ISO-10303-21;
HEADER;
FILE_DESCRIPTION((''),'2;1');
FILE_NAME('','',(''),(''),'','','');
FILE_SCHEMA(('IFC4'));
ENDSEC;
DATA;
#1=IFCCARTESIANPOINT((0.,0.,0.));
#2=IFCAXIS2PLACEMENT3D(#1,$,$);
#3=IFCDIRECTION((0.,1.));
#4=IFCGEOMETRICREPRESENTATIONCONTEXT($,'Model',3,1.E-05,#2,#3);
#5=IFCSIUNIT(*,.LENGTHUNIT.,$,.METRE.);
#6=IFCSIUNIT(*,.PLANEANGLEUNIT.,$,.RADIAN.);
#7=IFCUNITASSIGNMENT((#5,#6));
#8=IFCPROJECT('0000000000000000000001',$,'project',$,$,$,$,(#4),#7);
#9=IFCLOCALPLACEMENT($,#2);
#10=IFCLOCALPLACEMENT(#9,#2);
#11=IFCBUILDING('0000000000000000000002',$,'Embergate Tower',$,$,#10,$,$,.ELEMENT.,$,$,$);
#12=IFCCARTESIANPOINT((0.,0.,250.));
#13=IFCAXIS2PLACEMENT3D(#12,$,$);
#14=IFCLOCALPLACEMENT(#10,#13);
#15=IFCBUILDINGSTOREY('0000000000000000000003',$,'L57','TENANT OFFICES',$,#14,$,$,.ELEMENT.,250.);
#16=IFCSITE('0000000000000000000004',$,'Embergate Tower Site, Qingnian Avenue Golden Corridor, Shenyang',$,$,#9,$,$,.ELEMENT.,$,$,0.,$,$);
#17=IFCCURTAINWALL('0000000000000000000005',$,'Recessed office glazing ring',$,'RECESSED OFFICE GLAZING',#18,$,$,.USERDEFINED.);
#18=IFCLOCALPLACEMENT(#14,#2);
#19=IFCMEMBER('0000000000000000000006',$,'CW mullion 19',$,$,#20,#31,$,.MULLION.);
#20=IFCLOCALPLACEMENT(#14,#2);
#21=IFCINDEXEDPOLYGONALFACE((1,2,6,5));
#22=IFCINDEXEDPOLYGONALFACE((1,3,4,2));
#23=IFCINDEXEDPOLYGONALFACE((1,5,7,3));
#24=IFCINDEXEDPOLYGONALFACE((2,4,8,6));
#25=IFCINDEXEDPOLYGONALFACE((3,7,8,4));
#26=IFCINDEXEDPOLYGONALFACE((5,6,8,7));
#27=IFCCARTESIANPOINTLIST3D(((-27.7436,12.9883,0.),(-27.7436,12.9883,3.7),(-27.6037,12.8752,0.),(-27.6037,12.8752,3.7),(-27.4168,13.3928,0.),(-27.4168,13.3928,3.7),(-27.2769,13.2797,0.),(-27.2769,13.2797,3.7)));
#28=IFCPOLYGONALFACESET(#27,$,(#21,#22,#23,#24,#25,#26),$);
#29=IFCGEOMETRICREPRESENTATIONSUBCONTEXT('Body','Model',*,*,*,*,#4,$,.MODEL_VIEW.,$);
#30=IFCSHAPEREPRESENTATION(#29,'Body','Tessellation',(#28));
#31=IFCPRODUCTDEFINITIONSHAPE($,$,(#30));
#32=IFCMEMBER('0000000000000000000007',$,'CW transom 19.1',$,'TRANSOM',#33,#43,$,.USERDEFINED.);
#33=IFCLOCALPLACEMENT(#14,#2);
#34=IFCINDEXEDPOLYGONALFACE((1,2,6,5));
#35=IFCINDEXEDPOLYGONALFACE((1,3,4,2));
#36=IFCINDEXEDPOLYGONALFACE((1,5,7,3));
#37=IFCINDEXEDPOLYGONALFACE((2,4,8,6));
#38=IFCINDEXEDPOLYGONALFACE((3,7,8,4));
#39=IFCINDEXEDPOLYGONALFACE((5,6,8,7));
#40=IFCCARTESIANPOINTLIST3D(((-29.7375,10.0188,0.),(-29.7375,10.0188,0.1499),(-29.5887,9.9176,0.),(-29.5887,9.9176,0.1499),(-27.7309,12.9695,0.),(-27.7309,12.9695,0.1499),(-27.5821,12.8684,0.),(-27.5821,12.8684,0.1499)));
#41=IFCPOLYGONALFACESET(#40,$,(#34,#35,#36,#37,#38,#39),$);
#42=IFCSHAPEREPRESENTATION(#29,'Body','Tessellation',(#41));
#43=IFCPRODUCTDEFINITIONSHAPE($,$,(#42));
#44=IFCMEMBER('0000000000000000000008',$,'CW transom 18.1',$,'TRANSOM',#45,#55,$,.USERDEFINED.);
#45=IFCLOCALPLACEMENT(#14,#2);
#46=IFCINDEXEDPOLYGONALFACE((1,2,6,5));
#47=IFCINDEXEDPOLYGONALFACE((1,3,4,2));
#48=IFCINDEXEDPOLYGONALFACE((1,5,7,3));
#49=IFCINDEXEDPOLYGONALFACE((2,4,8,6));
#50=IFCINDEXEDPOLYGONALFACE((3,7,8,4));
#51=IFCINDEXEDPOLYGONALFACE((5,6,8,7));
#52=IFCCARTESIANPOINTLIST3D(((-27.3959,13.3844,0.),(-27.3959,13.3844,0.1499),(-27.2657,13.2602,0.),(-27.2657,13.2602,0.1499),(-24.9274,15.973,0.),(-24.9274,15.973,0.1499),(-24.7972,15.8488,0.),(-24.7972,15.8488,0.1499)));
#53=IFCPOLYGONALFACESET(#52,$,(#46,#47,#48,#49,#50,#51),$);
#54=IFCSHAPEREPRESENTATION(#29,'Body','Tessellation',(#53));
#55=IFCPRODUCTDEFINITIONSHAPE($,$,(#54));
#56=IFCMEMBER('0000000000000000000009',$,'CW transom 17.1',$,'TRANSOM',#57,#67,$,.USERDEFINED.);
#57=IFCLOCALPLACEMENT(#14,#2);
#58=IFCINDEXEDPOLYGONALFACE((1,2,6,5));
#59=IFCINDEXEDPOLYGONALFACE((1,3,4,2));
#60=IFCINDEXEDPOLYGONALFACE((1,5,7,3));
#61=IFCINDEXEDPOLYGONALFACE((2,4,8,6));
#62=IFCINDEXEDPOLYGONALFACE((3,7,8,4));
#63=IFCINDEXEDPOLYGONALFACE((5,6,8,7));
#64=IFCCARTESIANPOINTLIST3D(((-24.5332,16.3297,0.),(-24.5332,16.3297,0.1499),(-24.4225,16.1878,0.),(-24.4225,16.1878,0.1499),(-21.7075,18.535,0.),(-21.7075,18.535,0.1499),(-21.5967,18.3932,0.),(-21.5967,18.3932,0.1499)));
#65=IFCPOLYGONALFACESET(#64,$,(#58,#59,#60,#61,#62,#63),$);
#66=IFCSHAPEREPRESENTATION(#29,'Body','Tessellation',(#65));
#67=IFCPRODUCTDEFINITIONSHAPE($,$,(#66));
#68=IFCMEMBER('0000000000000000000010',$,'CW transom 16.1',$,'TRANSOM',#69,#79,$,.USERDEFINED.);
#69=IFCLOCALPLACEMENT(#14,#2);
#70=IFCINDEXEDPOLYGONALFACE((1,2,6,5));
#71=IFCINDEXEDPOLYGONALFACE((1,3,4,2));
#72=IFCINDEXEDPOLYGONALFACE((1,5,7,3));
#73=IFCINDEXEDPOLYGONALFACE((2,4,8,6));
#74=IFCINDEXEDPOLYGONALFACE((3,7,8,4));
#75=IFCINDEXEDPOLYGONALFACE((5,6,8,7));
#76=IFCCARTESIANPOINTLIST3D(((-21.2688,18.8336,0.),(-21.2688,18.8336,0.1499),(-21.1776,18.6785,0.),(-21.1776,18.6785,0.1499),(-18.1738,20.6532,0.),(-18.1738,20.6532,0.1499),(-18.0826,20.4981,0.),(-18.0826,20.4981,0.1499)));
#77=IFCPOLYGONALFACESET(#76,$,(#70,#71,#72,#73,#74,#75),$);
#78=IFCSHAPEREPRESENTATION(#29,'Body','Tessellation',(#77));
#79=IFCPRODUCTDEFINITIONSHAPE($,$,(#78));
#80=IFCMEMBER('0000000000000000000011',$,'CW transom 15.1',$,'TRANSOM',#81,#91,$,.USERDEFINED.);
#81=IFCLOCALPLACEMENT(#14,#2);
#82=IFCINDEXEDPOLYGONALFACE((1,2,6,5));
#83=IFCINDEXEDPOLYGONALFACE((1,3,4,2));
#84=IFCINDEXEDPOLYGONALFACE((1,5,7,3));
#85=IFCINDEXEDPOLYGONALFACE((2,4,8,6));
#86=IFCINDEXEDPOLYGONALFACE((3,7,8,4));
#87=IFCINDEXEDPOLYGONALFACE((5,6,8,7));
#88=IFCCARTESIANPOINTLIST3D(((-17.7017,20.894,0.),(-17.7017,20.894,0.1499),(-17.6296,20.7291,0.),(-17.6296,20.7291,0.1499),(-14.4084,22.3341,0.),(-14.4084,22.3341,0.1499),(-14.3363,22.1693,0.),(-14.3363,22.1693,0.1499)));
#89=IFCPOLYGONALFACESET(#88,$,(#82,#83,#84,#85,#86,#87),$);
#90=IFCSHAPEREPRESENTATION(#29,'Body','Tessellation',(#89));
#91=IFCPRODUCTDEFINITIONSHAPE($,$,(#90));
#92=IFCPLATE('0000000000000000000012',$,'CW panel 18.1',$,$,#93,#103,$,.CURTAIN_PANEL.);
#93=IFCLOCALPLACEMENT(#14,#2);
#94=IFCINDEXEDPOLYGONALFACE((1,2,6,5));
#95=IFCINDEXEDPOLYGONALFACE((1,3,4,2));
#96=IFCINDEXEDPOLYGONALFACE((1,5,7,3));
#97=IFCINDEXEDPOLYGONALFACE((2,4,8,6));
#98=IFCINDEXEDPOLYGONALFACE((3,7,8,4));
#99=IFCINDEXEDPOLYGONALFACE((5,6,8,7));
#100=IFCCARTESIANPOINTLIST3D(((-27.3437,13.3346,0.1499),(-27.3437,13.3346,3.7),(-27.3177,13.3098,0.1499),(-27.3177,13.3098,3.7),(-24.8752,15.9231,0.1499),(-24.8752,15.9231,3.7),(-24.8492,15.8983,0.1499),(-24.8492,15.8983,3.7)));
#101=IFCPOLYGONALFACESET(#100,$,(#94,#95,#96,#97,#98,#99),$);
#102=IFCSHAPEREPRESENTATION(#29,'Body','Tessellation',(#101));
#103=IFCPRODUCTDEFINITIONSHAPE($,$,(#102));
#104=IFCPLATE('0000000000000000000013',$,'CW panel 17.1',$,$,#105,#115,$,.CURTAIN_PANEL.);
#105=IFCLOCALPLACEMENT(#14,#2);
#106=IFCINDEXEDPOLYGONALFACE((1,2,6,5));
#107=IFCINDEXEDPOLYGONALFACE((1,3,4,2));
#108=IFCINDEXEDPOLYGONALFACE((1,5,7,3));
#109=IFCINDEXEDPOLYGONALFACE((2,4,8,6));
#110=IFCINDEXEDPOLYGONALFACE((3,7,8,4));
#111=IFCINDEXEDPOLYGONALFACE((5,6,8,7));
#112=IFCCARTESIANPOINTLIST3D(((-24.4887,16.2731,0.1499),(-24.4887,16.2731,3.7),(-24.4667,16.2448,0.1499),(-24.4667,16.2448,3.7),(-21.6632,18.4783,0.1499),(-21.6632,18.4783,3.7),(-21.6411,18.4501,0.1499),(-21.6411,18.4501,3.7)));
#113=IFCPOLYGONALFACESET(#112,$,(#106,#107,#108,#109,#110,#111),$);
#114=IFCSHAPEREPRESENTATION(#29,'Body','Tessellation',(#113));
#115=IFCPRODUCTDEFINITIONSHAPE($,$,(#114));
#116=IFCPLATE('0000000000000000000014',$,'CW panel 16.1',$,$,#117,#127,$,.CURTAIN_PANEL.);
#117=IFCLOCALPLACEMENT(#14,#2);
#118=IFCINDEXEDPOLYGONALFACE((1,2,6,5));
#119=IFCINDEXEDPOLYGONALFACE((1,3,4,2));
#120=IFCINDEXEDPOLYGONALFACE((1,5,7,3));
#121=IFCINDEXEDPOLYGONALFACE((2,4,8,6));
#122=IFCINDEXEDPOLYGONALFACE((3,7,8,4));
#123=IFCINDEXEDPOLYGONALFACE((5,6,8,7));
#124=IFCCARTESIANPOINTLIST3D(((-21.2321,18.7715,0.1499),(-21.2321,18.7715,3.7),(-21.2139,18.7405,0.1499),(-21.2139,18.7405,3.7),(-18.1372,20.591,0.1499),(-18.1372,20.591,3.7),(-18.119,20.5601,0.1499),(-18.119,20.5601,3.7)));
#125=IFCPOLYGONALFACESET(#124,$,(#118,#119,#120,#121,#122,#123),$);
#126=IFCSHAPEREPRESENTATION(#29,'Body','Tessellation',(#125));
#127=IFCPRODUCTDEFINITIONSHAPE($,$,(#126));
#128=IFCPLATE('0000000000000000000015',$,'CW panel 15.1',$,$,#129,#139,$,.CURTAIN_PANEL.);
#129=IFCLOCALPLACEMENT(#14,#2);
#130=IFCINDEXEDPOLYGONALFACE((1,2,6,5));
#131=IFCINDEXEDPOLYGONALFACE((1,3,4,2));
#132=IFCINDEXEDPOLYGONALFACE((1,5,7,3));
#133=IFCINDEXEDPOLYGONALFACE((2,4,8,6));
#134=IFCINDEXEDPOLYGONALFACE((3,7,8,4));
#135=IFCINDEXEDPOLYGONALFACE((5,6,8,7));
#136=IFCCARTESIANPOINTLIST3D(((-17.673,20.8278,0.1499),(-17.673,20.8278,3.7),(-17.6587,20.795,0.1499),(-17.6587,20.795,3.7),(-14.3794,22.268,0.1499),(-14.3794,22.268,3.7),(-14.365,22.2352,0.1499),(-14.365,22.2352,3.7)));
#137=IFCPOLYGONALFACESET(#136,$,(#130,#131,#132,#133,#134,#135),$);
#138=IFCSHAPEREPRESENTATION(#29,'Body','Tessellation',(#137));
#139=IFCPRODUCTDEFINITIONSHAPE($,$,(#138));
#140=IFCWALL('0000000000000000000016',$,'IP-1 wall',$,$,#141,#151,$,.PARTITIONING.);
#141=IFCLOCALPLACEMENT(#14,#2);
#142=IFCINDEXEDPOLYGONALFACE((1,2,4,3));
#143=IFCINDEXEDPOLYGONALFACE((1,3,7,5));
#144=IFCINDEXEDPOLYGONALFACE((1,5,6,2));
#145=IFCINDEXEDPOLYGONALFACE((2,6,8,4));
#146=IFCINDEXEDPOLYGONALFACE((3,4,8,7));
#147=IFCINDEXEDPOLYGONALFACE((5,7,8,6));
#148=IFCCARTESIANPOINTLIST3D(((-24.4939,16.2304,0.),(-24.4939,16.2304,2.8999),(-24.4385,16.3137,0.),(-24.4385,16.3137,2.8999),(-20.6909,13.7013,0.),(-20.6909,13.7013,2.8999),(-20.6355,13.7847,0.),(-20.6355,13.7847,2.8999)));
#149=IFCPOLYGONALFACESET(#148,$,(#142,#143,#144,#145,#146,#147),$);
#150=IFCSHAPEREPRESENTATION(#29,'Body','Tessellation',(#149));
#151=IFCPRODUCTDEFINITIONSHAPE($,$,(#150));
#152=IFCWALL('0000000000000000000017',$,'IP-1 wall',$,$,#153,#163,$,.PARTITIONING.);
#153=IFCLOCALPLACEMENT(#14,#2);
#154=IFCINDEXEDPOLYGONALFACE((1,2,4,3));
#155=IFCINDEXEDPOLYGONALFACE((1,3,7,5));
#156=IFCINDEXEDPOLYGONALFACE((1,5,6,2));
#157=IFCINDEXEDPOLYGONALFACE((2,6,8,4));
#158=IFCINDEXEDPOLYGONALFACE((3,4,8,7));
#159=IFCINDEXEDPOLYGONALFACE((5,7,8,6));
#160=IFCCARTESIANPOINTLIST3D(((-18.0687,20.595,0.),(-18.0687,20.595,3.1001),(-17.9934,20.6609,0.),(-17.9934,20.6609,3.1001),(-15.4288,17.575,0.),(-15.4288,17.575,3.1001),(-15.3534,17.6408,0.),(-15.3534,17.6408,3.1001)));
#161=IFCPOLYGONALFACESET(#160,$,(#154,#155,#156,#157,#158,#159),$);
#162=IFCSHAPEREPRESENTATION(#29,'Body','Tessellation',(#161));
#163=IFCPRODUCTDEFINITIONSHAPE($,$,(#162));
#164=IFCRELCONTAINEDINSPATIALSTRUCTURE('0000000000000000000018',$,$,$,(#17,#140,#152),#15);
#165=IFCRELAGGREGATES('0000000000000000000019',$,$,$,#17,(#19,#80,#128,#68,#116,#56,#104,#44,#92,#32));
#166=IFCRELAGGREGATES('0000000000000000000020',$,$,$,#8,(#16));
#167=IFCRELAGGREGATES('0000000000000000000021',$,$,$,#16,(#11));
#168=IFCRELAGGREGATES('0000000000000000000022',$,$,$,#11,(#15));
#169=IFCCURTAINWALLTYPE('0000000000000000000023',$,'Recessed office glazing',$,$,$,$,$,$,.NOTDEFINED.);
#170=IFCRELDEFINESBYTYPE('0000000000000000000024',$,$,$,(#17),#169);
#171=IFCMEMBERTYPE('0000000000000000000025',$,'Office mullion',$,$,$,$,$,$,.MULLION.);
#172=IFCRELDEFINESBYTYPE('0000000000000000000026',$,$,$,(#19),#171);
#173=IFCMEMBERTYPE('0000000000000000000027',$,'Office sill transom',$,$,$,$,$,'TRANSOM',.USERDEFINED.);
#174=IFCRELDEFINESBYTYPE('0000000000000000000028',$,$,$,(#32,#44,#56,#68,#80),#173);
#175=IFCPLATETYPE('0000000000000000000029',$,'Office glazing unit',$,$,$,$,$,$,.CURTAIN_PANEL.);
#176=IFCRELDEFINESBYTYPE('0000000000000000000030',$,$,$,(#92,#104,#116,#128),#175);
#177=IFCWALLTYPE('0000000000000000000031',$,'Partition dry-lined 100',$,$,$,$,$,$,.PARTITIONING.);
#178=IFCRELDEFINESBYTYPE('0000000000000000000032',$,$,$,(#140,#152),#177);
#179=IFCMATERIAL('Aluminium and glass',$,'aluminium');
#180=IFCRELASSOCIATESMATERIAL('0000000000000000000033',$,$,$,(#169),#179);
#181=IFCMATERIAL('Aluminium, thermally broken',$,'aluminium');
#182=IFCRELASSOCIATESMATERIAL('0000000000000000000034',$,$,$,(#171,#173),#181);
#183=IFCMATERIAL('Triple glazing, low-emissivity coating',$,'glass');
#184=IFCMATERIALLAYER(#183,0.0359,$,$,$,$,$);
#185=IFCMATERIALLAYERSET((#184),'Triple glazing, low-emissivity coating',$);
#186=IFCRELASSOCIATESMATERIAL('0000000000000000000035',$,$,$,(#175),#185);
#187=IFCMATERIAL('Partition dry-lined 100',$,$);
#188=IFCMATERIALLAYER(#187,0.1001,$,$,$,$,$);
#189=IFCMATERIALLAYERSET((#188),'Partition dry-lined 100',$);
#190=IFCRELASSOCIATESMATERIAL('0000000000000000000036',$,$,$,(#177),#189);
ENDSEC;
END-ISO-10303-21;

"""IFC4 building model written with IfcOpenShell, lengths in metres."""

from ifc_helpers import new_model, si_unit, direction, frame, frame_2d, origin, origin_2d, place, context, subcontext, project, spatial, rectangle, extrude, source, transform, mapped, material, layer, layer_set, material_profile, profile_set, type_object, element, aggregate, save


model = new_model("IFC4")

# Units and contexts
model_context = context("Model", 3, precision=1e-05, world=origin(), true_north=direction((0.0, 1.0)))
body_context = subcontext(model_context, "Body", "Model", "MODEL_VIEW")
ifc_project = project(units=[si_unit("LENGTHUNIT", "METRE"), si_unit("PLANEANGLEUNIT", "RADIAN")], contexts=[model_context])

# Site, building, storey
site_placement = place(None, origin())
site = spatial("IfcSite", under=ifc_project, at=site_placement, Name="Embergate Tower Site, Qingnian Avenue Golden Corridor, Shenyang", CompositionType="ELEMENT", RefElevation=0.0)
building_placement = place(site_placement, origin())
building = spatial("IfcBuilding", under=site, at=building_placement, Name="Embergate Tower", CompositionType="ELEMENT")
storey_placement = place(building_placement, frame((0.0, 0.0, 250.0)))
storey = spatial("IfcBuildingStorey", under=building, at=storey_placement, Name="L57", Description="TENANT OFFICES", CompositionType="ELEMENT", Elevation=250.0)

# Curtain wall, members, plates
ifc_material_1 = material(Name="Aluminium and glass", Category="aluminium")
curtain_wall_type = type_object("IfcCurtainWallType", Name="Recessed office glazing", PredefinedType="NOTDEFINED", material=ifc_material_1)
curtain_wall_placement = place(storey_placement, origin())
curtain_wall = element("IfcCurtainWall", 1, at=curtain_wall_placement, inside=storey, type_object=curtain_wall_type, Name="Recessed office glazing ring", ObjectType="RECESSED OFFICE GLAZING", PredefinedType="USERDEFINED")
ifc_material_2 = material(Name="Aluminium, thermally broken", Category="aluminium")
ifc_material_profile_1 = material_profile(ifc_material_2, rectangle(XDim=0.1799, YDim=0.52, at=origin_2d()), Name="AL 520x180")
ifc_profile_set_1 = profile_set([ifc_material_profile_1], Name="Aluminium, thermally broken")
member_type_1 = type_object("IfcMemberType", Name="Office mullion", PredefinedType="MULLION", material=ifc_profile_set_1)
shared_shape_1 = source(origin(), body_context, "Body", "SweptSolid", [
    extrude(rectangle(XDim=0.1799, YDim=0.52, at=origin_2d()), origin(), (0.0, 0.0, 1.0), 3.7),
])
member_1_placement = place(storey_placement, frame((-27.5103, 13.134, 0.0), z_axis=(0.0, 0.0, 1.0), x_axis=(0.777868, -0.628427, 0.0)))
member_1 = element("IfcMember", 2, at=member_1_placement, type_object=member_type_1, Name="CW mullion 19", PredefinedType="MULLION", context=body_context, shape_type="MappedRepresentation", body=[
    mapped(shared_shape_1, transform((0.0, 0.0, 0.0))),
])
ifc_material_profile_2 = material_profile(ifc_material_2, rectangle(XDim=0.1799, YDim=0.1499, at=origin_2d()), Name="AL 150x180")
ifc_profile_set_2 = profile_set([ifc_material_profile_2], Name="Aluminium, thermally broken")
member_type_2 = type_object("IfcMemberType", Name="Office sill transom", ElementType="TRANSOM", PredefinedType="USERDEFINED", material=ifc_profile_set_2)
shared_shape_2 = source(origin(), body_context, "Body", "SweptSolid", [
    extrude(rectangle(XDim=0.1799, YDim=0.1499, at=origin_2d()), origin(), (0.0, 0.0, 1.0), 3.5684),
])
member_2_placement = place(storey_placement, frame((-27.6565, 12.9189, 0.075), z_axis=(-0.562334, -0.82691, 0.0), x_axis=(0.82691, -0.562334, 0.0)))
member_2 = element("IfcMember", 3, at=member_2_placement, type_object=member_type_2, Name="CW transom 19.1", ObjectType="TRANSOM", PredefinedType="USERDEFINED", context=body_context, shape_type="MappedRepresentation", body=[
    mapped(shared_shape_2, transform((0.0, 0.0, 0.0))),
])
shared_shape_3 = source(origin(), body_context, "Body", "SweptSolid", [
    extrude(rectangle(XDim=0.1799, YDim=0.1499, at=origin_2d()), origin(), (0.0, 0.0, 1.0), 3.5769),
])
member_3_placement = place(storey_placement, frame((-24.8623, 15.9109, 0.075), z_axis=(-0.690117, -0.723698, 0.0), x_axis=(0.723698, -0.690117, 0.0)))
member_3 = element("IfcMember", 4, at=member_3_placement, type_object=member_type_2, Name="CW transom 18.1", ObjectType="TRANSOM", PredefinedType="USERDEFINED", context=body_context, shape_type="MappedRepresentation", body=[
    mapped(shared_shape_3, transform((0.0, 0.0, 0.0))),
])
shared_shape_4 = source(origin(), body_context, "Body", "SweptSolid", [
    extrude(rectangle(XDim=0.1799, YDim=0.1499, at=origin_2d()), origin(), (0.0, 0.0, 1.0), 3.5845),
])
member_4_placement = place(storey_placement, frame((-21.6521, 18.4641, 0.075), z_axis=(-0.788328, -0.615255, 0.0), x_axis=(0.615255, -0.788328, 0.0)))
member_4 = element("IfcMember", 5, at=member_4_placement, type_object=member_type_2, Name="CW transom 17.1", ObjectType="TRANSOM", PredefinedType="USERDEFINED", context=body_context, shape_type="MappedRepresentation", body=[
    mapped(shared_shape_4, transform((0.0, 0.0, 0.0))),
])
shared_shape_5 = source(origin(), body_context, "Body", "SweptSolid", [
    extrude(rectangle(XDim=0.1799, YDim=0.1499, at=origin_2d()), origin(), (0.0, 0.0, 1.0), 3.5903),
])
member_5_placement = place(storey_placement, frame((-18.1282, 20.5757, 0.075), z_axis=(-0.862055, -0.506815, 0.0), x_axis=(0.506815, -0.862055, 0.0)))
member_5 = element("IfcMember", 6, at=member_5_placement, type_object=member_type_2, Name="CW transom 16.1", ObjectType="TRANSOM", PredefinedType="USERDEFINED", context=body_context, shape_type="MappedRepresentation", body=[
    mapped(shared_shape_5, transform((0.0, 0.0, 0.0))),
])
shared_shape_6 = source(origin(), body_context, "Body", "SweptSolid", [
    extrude(rectangle(XDim=0.1799, YDim=0.1499, at=origin_2d()), origin(), (0.0, 0.0, 1.0), 3.5945),
])
member_6_placement = place(storey_placement, frame((-14.3723, 22.2517, 0.075), z_axis=(-0.916229, -0.400655, 0.0), x_axis=(0.400655, -0.916229, 0.0)))
member_6 = element("IfcMember", 7, at=member_6_placement, type_object=member_type_2, Name="CW transom 15.1", ObjectType="TRANSOM", PredefinedType="USERDEFINED", context=body_context, shape_type="MappedRepresentation", body=[
    mapped(shared_shape_6, transform((0.0, 0.0, 0.0))),
])
ifc_material_3 = material(Name="Triple glazing, low-emissivity coating", Category="glass")
ifc_layer_1 = layer(ifc_material_3, 0.0359)
ifc_layer_set_1 = layer_set([ifc_layer_1], Name="Triple glazing, low-emissivity coating")
plate_type = type_object("IfcPlateType", Name="Office glazing unit", PredefinedType="CURTAIN_PANEL", material=ifc_layer_set_1)
shared_shape_7 = source(origin(), body_context, "Body", "SweptSolid", [
    extrude(rectangle(XDim=3.5769, YDim=0.0359, at=origin_2d()), origin(), (0.0, 0.0, 1.0), 3.55),
])
plate_1_placement = place(storey_placement, frame((-26.0964, 14.6165, 0.1499), z_axis=(0.0, 0.0, 1.0), x_axis=(-0.690134, -0.723682, 0.0)))
plate_1 = element("IfcPlate", 8, at=plate_1_placement, type_object=plate_type, Name="CW panel 18.1", PredefinedType="CURTAIN_PANEL", context=body_context, shape_type="MappedRepresentation", body=[
    mapped(shared_shape_7, transform((0.0, 0.0, 0.0))),
])
shared_shape_8 = source(origin(), body_context, "Body", "SweptSolid", [
    extrude(rectangle(XDim=3.5842, YDim=0.0359, at=origin_2d()), origin(), (0.0, 0.0, 1.0), 3.55),
])
plate_2_placement = place(storey_placement, frame((-23.0649, 17.3616, 0.1499), z_axis=(0.0, 0.0, 1.0), x_axis=(-0.788319, -0.615267, 0.0)))
plate_2 = element("IfcPlate", 9, at=plate_2_placement, type_object=plate_type, Name="CW panel 17.1", PredefinedType="CURTAIN_PANEL", context=body_context, shape_type="MappedRepresentation", body=[
    mapped(shared_shape_8, transform((0.0, 0.0, 0.0))),
])
shared_shape_9 = source(origin(), body_context, "Body", "SweptSolid", [
    extrude(rectangle(XDim=3.5901, YDim=0.0359, at=origin_2d()), origin(), (0.0, 0.0, 1.0), 3.55),
])
plate_3_placement = place(storey_placement, frame((-19.6755, 19.6658, 0.1499), z_axis=(0.0, 0.0, 1.0), x_axis=(-0.862051, -0.506821, 0.0)))
plate_3 = element("IfcPlate", 10, at=plate_3_placement, type_object=plate_type, Name="CW panel 16.1", PredefinedType="CURTAIN_PANEL", context=body_context, shape_type="MappedRepresentation", body=[
    mapped(shared_shape_9, transform((0.0, 0.0, 0.0))),
])
shared_shape_10 = source(origin(), body_context, "Body", "SweptSolid", [
    extrude(rectangle(XDim=3.5947, YDim=0.0359, at=origin_2d()), origin(), (0.0, 0.0, 1.0), 3.55),
])
plate_4_placement = place(storey_placement, frame((-16.019, 21.5315, 0.1499), z_axis=(0.0, 0.0, 1.0), x_axis=(-0.916235, -0.400642, 0.0)))
plate_4 = element("IfcPlate", 11, at=plate_4_placement, type_object=plate_type, Name="CW panel 15.1", PredefinedType="CURTAIN_PANEL", context=body_context, shape_type="MappedRepresentation", body=[
    mapped(shared_shape_10, transform((0.0, 0.0, 0.0))),
])
aggregate(curtain_wall, [member_1, member_6, plate_4, member_5, plate_3, member_4, plate_2, member_3, plate_1, member_2])

# Walls
ifc_material_4 = material(Name="Partition dry-lined 100")
ifc_layer_2 = layer(ifc_material_4, 0.1001)
ifc_layer_set_2 = layer_set([ifc_layer_2], Name="Partition dry-lined 100")
wall_type = type_object("IfcWallType", Name="Partition dry-lined 100", PredefinedType="PARTITIONING", material=ifc_layer_set_2)
shared_shape_11 = source(origin(), body_context, "Body", "SweptSolid", [
    extrude(rectangle(XDim=4.5671, YDim=0.1001, at=frame_2d((2.2837, 0.0))), origin(), (0.0, 0.0, 1.0), 2.8999),
])
wall_1_placement = place(storey_placement, frame((-20.6631, 13.7429, 0.0), z_axis=(0.0, 0.0, 1.0), x_axis=(-0.832683, 0.55375, 0.0)))
element("IfcWall", 12, at=wall_1_placement, inside=storey, type_object=wall_type, Name="IP-1 wall", PredefinedType="PARTITIONING", context=body_context, shape_type="MappedRepresentation", body=[
    mapped(shared_shape_11, transform((0.0, 0.0, 0.0))),
])
shared_shape_12 = source(origin(), body_context, "Body", "SweptSolid", [
    extrude(rectangle(XDim=4.0112, YDim=0.1001, at=frame_2d((2.0056, 0.0))), origin(), (0.0, 0.0, 1.0), 3.1001),
])
wall_2_placement = place(storey_placement, frame((-15.3911, 17.6079, 0.0), z_axis=(0.0, 0.0, 1.0), x_axis=(-0.658134, 0.752901, 0.0)))
element("IfcWall", 13, at=wall_2_placement, inside=storey, type_object=wall_type, Name="IP-1 wall", PredefinedType="PARTITIONING", context=body_context, shape_type="MappedRepresentation", body=[
    mapped(shared_shape_12, transform((0.0, 0.0, 0.0))),
])

save(model, "model.ifc")
